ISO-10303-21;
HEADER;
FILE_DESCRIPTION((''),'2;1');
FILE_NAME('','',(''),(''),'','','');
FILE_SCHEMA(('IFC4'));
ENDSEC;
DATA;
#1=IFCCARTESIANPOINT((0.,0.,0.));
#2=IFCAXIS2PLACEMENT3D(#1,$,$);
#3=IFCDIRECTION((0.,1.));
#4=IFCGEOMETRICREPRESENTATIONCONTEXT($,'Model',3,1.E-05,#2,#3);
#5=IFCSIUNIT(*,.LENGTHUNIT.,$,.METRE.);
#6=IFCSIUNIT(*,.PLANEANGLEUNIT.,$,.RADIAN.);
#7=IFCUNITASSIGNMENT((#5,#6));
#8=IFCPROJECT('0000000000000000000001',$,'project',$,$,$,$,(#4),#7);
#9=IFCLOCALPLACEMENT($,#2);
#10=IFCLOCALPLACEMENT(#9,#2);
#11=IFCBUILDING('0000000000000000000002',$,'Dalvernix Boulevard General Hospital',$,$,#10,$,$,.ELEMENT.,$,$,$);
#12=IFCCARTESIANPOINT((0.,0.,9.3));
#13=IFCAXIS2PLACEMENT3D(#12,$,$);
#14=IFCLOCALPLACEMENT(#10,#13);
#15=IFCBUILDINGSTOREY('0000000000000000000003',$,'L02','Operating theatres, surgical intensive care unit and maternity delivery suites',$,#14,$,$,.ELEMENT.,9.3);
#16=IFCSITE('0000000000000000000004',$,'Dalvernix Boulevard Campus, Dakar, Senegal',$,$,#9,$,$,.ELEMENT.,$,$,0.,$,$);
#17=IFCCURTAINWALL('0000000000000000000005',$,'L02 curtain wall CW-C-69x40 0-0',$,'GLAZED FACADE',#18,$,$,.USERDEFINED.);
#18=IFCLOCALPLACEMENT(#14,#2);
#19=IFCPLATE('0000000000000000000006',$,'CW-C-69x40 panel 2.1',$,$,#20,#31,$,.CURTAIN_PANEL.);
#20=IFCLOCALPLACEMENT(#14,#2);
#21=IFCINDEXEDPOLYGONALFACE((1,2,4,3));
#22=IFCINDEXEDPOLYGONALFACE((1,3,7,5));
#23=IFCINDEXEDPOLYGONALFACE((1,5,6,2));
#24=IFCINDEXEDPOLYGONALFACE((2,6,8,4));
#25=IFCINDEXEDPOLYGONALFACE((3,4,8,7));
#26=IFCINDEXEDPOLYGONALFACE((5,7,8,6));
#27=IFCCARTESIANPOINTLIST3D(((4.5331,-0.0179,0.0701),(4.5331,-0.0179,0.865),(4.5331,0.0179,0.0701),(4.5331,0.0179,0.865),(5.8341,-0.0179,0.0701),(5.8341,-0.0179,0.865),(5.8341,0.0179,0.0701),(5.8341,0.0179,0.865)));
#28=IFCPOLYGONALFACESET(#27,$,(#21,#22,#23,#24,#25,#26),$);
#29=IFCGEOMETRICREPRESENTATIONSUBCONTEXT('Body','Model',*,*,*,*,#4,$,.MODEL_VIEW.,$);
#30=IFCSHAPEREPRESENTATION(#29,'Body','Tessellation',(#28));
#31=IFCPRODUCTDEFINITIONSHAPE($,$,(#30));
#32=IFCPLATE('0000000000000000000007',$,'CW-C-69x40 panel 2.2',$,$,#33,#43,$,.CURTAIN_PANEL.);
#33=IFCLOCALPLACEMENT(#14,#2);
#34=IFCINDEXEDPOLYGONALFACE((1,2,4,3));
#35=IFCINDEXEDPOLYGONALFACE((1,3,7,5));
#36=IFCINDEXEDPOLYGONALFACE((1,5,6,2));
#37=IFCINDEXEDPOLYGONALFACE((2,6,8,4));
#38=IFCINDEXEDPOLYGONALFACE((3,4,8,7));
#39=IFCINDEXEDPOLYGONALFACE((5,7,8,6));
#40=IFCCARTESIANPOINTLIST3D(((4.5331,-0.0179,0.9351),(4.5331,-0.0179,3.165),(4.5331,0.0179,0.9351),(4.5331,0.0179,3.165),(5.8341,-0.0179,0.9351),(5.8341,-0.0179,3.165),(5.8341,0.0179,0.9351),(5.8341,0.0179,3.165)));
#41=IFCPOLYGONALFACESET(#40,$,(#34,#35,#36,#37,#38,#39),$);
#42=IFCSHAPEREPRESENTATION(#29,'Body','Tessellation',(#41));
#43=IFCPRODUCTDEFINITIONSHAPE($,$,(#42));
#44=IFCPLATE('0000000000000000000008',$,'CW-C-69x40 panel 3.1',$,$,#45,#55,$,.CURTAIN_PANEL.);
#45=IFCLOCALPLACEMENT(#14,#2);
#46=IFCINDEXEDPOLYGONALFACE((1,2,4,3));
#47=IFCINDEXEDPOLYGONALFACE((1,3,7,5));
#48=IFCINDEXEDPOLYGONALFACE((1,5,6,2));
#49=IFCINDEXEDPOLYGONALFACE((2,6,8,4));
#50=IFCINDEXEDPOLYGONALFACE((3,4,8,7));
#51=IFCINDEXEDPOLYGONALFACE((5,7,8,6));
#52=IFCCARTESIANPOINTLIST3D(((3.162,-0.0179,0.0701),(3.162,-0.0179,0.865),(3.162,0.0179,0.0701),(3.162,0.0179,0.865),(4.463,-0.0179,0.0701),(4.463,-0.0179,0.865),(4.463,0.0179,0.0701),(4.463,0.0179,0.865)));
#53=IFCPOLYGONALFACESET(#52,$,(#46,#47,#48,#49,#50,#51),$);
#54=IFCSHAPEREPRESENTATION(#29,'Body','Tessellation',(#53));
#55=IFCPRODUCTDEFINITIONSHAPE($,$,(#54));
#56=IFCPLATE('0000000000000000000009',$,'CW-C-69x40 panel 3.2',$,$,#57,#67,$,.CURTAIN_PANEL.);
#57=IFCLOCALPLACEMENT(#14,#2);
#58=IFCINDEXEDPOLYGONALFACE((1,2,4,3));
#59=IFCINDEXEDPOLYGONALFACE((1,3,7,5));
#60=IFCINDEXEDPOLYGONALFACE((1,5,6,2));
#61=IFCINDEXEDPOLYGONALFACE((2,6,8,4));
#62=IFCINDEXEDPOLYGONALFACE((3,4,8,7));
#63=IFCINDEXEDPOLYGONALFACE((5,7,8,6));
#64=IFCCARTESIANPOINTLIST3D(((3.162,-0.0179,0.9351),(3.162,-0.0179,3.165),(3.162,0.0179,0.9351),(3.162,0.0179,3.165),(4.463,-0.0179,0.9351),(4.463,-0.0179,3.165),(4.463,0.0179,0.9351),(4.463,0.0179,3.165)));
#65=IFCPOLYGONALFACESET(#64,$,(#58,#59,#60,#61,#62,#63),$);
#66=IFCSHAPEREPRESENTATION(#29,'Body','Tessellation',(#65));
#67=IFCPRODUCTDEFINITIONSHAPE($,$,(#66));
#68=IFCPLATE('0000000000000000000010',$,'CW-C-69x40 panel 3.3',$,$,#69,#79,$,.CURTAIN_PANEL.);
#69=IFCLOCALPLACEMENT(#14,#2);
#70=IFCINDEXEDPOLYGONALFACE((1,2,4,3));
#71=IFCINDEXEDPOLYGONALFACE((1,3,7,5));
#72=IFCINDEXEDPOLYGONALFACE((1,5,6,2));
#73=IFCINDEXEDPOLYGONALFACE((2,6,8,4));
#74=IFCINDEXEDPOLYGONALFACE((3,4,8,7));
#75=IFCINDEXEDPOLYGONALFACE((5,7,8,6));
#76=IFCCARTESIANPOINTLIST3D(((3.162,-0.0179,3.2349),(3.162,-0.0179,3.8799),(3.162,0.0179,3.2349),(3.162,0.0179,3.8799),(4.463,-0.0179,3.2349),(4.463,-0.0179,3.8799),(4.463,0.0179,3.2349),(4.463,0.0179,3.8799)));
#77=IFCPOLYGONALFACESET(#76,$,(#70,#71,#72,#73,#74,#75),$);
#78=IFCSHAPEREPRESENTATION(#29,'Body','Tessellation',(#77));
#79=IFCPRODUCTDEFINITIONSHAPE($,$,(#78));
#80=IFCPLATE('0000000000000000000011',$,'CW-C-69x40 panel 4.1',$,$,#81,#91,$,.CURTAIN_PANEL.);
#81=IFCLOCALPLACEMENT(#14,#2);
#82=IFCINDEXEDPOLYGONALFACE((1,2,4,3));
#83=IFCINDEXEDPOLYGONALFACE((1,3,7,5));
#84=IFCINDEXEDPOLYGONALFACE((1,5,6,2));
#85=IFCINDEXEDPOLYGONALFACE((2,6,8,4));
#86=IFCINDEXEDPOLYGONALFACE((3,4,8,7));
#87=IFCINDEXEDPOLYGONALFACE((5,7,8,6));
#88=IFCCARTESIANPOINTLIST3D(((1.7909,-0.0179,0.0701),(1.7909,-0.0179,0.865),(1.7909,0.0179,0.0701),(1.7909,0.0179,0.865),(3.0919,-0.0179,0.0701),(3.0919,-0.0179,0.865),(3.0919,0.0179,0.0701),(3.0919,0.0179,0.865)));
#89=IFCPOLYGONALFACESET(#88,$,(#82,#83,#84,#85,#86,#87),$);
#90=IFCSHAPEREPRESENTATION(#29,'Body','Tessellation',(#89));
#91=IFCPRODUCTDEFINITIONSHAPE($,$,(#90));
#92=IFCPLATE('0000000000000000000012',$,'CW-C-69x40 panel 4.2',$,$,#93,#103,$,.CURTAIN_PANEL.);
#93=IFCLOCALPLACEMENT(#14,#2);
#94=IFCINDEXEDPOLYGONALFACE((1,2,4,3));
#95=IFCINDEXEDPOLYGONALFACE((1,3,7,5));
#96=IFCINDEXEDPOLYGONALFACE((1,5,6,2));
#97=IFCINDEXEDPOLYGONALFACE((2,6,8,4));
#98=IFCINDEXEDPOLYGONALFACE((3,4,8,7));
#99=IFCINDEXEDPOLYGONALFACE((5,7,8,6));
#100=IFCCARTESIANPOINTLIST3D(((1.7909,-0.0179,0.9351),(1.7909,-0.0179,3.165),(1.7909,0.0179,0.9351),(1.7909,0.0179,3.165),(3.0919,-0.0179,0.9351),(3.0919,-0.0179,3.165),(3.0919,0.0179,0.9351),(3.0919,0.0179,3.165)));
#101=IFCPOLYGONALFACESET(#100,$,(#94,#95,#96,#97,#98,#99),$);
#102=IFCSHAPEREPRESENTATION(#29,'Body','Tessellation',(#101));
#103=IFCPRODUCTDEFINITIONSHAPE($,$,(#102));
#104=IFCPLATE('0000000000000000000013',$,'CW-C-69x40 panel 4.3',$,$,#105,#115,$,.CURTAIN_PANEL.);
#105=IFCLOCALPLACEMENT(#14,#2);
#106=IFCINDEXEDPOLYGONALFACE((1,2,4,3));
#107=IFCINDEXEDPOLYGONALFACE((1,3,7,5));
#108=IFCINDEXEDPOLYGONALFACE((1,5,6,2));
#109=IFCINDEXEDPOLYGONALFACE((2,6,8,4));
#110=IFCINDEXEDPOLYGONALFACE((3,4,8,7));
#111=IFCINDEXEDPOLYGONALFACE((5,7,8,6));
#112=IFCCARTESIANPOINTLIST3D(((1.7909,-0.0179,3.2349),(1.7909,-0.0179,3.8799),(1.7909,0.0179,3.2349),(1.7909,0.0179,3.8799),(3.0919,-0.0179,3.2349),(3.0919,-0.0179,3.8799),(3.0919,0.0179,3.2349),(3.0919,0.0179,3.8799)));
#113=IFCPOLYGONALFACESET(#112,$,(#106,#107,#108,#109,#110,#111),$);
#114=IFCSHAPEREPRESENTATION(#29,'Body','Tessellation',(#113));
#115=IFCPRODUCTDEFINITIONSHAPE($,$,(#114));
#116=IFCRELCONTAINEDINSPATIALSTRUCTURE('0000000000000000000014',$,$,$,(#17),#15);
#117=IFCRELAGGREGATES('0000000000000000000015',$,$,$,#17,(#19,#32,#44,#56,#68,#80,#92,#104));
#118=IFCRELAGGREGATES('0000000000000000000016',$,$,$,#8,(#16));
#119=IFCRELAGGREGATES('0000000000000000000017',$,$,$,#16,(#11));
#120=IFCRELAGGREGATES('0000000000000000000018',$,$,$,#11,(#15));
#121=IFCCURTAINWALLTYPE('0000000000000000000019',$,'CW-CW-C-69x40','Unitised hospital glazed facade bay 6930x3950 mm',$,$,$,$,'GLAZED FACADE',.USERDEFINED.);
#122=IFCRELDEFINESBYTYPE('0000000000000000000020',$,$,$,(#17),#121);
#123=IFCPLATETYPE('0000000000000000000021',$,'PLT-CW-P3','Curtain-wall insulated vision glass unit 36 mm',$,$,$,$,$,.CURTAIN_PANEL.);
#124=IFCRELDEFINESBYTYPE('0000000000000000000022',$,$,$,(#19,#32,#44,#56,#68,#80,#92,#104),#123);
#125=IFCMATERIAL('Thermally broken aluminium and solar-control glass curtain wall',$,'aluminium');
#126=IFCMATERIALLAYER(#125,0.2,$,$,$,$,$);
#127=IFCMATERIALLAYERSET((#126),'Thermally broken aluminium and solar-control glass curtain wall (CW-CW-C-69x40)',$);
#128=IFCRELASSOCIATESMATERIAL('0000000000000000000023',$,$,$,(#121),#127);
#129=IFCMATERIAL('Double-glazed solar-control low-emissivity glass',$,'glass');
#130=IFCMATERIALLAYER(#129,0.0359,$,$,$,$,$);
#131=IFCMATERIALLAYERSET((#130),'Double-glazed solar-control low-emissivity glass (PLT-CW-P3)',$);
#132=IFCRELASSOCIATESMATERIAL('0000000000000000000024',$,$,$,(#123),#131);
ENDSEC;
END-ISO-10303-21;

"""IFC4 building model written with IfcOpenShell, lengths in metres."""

from ifc_helpers import new_model, si_unit, direction, frame, origin, origin_2d, place, context, subcontext, project, spatial, rectangle, extrude, material, layer, layer_set, type_object, element, aggregate, save


model = new_model("IFC4")

# Units and contexts
model_context = context("Model", 3, precision=1e-05, world=origin(), true_north=direction((0.0, 1.0)))
body_context = subcontext(model_context, "Body", "Model", "MODEL_VIEW")
ifc_project = project(units=[si_unit("LENGTHUNIT", "METRE"), si_unit("PLANEANGLEUNIT", "RADIAN")], contexts=[model_context])

# Site, building, storey
site_placement = place(None, origin())
site = spatial("IfcSite", under=ifc_project, at=site_placement, Name="Dalvernix Boulevard Campus, Dakar, Senegal", CompositionType="ELEMENT", RefElevation=0.0)
building_placement = place(site_placement, origin())
building = spatial("IfcBuilding", under=site, at=building_placement, Name="Dalvernix Boulevard General Hospital", CompositionType="ELEMENT")
storey_placement = place(building_placement, frame((0.0, 0.0, 9.3)))
storey = spatial("IfcBuildingStorey", under=building, at=storey_placement, Name="L02", Description="Operating theatres, surgical intensive care unit and maternity delivery suites", CompositionType="ELEMENT", Elevation=9.3)

# Curtain wall, plates
ifc_material_1 = material(Name="Thermally broken aluminium and solar-control glass curtain wall", Category="aluminium")
ifc_layer_1 = layer(ifc_material_1, 0.2)
ifc_layer_set_1 = layer_set([ifc_layer_1], Name="Thermally broken aluminium and solar-control glass curtain wall (CW-CW-C-69x40)")
curtain_wall_type = type_object("IfcCurtainWallType", Name="CW-CW-C-69x40", Description="Unitised hospital glazed facade bay 6930x3950 mm", ElementType="GLAZED FACADE", PredefinedType="USERDEFINED", material=ifc_layer_set_1)
curtain_wall_placement = place(storey_placement, origin())
curtain_wall = element("IfcCurtainWall", 1, at=curtain_wall_placement, inside=storey, type_object=curtain_wall_type, Name="L02 curtain wall CW-C-69x40 0-0", ObjectType="GLAZED FACADE", PredefinedType="USERDEFINED")
ifc_material_2 = material(Name="Double-glazed solar-control low-emissivity glass", Category="glass")
ifc_layer_2 = layer(ifc_material_2, 0.0359)
ifc_layer_set_2 = layer_set([ifc_layer_2], Name="Double-glazed solar-control low-emissivity glass (PLT-CW-P3)")
plate_type = type_object("IfcPlateType", Name="PLT-CW-P3", Description="Curtain-wall insulated vision glass unit 36 mm", PredefinedType="CURTAIN_PANEL", material=ifc_layer_set_2)
plate_1_placement = place(storey_placement, frame((5.1836, 0.0, 0.0701), z_axis=(0.0, 0.0, 1.0), x_axis=(-1.0, 0.0, 0.0)))
plate_1 = element("IfcPlate", 2, at=plate_1_placement, type_object=plate_type, Name="CW-C-69x40 panel 2.1", PredefinedType="CURTAIN_PANEL", context=body_context, shape_type="SweptSolid", body=[
    extrude(rectangle(XDim=1.301, YDim=0.0359, at=origin_2d()), origin(), (0.0, 0.0, 1.0), 0.7949),
])
plate_2_placement = place(storey_placement, frame((5.1836, 0.0, 0.9351), z_axis=(0.0, 0.0, 1.0), x_axis=(-1.0, 0.0, 0.0)))
plate_2 = element("IfcPlate", 3, at=plate_2_placement, type_object=plate_type, Name="CW-C-69x40 panel 2.2", PredefinedType="CURTAIN_PANEL", context=body_context, shape_type="SweptSolid", body=[
    extrude(rectangle(XDim=1.301, YDim=0.0359, at=origin_2d()), origin(), (0.0, 0.0, 1.0), 2.23),
])
plate_3_placement = place(storey_placement, frame((3.8125, 0.0, 0.0701), z_axis=(0.0, 0.0, 1.0), x_axis=(-1.0, 0.0, 0.0)))
plate_3 = element("IfcPlate", 4, at=plate_3_placement, type_object=plate_type, Name="CW-C-69x40 panel 3.1", PredefinedType="CURTAIN_PANEL", context=body_context, shape_type="SweptSolid", body=[
    extrude(rectangle(XDim=1.301, YDim=0.0359, at=origin_2d()), origin(), (0.0, 0.0, 1.0), 0.7949),
])
plate_4_placement = place(storey_placement, frame((3.8125, 0.0, 0.9351), z_axis=(0.0, 0.0, 1.0), x_axis=(-1.0, 0.0, 0.0)))
plate_4 = element("IfcPlate", 5, at=plate_4_placement, type_object=plate_type, Name="CW-C-69x40 panel 3.2", PredefinedType="CURTAIN_PANEL", context=body_context, shape_type="SweptSolid", body=[
    extrude(rectangle(XDim=1.301, YDim=0.0359, at=origin_2d()), origin(), (0.0, 0.0, 1.0), 2.23),
])
plate_5_placement = place(storey_placement, frame((3.8125, 0.0, 3.2349), z_axis=(0.0, 0.0, 1.0), x_axis=(-1.0, 0.0, 0.0)))
plate_5 = element("IfcPlate", 6, at=plate_5_placement, type_object=plate_type, Name="CW-C-69x40 panel 3.3", PredefinedType="CURTAIN_PANEL", context=body_context, shape_type="SweptSolid", body=[
    extrude(rectangle(XDim=1.301, YDim=0.0359, at=origin_2d()), origin(), (0.0, 0.0, 1.0), 0.645),
])
plate_6_placement = place(storey_placement, frame((2.4414, 0.0, 0.0701), z_axis=(0.0, 0.0, 1.0), x_axis=(-1.0, 0.0, 0.0)))
plate_6 = element("IfcPlate", 7, at=plate_6_placement, type_object=plate_type, Name="CW-C-69x40 panel 4.1", PredefinedType="CURTAIN_PANEL", context=body_context, shape_type="SweptSolid", body=[
    extrude(rectangle(XDim=1.301, YDim=0.0359, at=origin_2d()), origin(), (0.0, 0.0, 1.0), 0.7949),
])
plate_7_placement = place(storey_placement, frame((2.4414, 0.0, 0.9351), z_axis=(0.0, 0.0, 1.0), x_axis=(-1.0, 0.0, 0.0)))
plate_7 = element("IfcPlate", 8, at=plate_7_placement, type_object=plate_type, Name="CW-C-69x40 panel 4.2", PredefinedType="CURTAIN_PANEL", context=body_context, shape_type="SweptSolid", body=[
    extrude(rectangle(XDim=1.301, YDim=0.0359, at=origin_2d()), origin(), (0.0, 0.0, 1.0), 2.23),
])
plate_8_placement = place(storey_placement, frame((2.4414, 0.0, 3.2349), z_axis=(0.0, 0.0, 1.0), x_axis=(-1.0, 0.0, 0.0)))
plate_8 = element("IfcPlate", 9, at=plate_8_placement, type_object=plate_type, Name="CW-C-69x40 panel 4.3", PredefinedType="CURTAIN_PANEL", context=body_context, shape_type="SweptSolid", body=[
    extrude(rectangle(XDim=1.301, YDim=0.0359, at=origin_2d()), origin(), (0.0, 0.0, 1.0), 0.645),
])
aggregate(curtain_wall, [plate_1, plate_2, plate_3, plate_4, plate_5, plate_6, plate_7, plate_8])

save(model, "model.ifc")
